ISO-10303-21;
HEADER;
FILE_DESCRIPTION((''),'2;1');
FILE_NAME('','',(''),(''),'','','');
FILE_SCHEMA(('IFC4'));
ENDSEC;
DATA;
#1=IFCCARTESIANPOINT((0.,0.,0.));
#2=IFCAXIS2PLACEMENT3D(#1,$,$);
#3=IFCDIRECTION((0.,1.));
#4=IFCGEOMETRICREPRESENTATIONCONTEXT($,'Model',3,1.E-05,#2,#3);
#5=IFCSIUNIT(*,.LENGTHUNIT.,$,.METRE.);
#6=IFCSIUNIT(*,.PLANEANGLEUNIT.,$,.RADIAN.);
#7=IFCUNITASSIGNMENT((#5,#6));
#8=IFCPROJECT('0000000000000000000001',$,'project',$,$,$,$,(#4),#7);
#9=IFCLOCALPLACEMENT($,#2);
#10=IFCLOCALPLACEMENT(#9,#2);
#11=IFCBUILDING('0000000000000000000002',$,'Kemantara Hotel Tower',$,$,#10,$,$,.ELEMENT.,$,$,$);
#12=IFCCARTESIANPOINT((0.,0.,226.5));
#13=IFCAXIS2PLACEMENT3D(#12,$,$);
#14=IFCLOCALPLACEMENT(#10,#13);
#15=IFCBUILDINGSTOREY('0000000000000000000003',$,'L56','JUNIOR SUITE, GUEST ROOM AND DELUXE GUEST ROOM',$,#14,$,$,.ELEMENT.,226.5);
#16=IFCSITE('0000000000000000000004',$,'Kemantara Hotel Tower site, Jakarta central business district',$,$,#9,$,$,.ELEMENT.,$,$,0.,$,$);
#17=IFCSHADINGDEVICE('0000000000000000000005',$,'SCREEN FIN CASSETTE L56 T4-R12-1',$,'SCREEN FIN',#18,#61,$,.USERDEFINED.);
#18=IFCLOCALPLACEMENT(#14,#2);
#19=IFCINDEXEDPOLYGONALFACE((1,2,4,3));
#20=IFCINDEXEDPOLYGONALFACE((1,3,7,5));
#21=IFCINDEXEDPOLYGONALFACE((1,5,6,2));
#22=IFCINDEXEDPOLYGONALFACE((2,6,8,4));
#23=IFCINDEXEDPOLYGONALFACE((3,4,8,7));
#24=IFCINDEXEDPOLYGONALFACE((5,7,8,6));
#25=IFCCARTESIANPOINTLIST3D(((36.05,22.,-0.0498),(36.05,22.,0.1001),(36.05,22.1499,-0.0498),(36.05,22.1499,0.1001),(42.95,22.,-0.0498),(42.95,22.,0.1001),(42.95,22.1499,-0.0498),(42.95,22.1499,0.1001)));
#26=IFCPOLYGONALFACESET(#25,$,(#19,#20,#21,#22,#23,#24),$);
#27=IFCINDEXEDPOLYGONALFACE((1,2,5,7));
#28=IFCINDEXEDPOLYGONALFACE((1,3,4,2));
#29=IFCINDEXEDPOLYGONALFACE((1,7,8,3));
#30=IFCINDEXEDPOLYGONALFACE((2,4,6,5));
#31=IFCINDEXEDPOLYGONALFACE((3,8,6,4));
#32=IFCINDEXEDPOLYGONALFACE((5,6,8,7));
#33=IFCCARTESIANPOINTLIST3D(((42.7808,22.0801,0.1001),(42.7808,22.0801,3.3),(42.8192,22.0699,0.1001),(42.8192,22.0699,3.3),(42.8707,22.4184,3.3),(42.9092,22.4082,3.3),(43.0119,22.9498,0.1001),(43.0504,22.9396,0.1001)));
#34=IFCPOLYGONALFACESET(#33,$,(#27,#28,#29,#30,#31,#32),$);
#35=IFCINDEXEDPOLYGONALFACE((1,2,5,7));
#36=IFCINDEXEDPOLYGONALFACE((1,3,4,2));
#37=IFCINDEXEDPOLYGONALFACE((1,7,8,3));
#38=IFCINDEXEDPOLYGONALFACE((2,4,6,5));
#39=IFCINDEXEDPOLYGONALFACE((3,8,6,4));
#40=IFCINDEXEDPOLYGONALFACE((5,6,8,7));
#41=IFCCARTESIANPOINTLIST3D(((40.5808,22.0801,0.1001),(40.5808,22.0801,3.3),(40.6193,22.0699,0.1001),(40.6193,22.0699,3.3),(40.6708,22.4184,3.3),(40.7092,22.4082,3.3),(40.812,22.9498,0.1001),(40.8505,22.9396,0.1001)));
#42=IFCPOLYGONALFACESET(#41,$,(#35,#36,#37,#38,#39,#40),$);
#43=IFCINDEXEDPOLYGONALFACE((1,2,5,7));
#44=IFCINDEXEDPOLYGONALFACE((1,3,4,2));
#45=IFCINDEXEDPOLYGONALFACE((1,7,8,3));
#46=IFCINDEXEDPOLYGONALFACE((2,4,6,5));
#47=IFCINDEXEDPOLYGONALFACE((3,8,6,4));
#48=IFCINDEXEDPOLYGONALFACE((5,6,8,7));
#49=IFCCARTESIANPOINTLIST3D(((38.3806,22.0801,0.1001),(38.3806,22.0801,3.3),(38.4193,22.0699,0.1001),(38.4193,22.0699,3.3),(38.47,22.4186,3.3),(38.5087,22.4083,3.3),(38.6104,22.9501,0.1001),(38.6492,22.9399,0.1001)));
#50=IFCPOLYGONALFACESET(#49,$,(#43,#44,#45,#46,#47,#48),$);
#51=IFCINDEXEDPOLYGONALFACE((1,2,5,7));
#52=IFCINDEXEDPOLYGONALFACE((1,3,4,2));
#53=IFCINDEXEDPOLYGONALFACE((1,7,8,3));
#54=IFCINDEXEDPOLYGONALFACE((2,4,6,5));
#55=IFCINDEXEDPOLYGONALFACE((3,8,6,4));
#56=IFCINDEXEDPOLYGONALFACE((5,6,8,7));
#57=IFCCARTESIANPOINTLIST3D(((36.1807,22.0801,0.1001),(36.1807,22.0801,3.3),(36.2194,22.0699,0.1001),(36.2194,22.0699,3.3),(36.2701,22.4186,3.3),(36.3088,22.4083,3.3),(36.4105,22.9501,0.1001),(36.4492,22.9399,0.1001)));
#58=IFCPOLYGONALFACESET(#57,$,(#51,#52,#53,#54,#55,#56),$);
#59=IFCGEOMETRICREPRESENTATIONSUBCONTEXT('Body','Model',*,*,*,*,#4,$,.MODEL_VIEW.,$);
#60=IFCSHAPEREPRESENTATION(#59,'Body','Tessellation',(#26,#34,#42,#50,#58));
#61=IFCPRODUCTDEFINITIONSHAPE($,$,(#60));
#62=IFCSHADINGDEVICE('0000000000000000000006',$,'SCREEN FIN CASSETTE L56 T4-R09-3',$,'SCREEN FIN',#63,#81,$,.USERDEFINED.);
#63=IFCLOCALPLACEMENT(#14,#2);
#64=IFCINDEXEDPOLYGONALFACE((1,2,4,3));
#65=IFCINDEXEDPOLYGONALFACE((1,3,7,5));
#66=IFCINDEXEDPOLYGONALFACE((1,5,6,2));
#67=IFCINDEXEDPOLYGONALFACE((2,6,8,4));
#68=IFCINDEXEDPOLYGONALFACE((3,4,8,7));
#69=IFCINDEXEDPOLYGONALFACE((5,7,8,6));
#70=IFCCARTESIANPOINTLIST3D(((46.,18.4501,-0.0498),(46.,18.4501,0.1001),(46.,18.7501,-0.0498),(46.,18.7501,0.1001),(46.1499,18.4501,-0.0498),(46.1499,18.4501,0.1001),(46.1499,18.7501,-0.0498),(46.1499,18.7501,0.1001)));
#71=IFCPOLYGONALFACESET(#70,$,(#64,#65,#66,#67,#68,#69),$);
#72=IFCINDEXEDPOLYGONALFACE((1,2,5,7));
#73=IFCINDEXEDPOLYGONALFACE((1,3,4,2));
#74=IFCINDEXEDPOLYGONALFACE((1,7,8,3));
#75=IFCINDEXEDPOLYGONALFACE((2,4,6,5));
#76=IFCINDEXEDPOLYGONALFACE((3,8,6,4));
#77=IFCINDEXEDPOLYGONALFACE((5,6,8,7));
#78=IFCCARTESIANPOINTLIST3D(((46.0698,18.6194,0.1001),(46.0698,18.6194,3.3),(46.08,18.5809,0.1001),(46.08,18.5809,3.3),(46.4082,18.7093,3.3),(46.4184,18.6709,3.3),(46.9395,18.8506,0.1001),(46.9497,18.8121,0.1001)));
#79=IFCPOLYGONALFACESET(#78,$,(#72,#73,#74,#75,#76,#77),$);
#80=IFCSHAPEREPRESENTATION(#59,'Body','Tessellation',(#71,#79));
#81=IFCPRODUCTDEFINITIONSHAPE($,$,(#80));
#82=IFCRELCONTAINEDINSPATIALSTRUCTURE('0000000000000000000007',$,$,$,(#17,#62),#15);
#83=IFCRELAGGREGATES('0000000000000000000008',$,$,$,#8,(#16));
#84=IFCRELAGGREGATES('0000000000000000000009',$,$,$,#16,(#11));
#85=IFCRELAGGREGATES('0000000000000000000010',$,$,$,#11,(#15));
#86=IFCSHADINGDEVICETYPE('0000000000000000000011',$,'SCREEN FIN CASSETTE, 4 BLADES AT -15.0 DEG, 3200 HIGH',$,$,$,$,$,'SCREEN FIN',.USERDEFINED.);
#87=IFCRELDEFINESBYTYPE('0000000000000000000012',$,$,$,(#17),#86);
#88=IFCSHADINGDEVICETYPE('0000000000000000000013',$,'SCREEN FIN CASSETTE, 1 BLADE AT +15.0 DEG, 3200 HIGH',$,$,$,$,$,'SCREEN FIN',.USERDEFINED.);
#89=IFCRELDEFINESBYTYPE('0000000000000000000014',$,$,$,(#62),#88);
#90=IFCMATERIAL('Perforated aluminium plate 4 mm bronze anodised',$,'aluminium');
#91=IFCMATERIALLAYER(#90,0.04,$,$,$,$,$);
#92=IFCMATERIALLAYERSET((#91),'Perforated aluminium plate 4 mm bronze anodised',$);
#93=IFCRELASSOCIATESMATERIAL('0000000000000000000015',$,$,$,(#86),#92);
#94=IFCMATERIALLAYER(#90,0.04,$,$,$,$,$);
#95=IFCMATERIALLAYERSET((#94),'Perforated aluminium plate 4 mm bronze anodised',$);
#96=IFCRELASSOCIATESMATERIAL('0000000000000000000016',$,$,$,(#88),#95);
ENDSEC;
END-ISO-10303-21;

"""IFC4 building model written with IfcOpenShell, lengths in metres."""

from ifc_helpers import new_model, si_unit, direction, frame, origin, origin_2d, place, context, subcontext, project, spatial, polyline, rectangle, outline, extrude, source, transform, mapped, material, layer, layer_set, type_object, element, save


model = new_model("IFC4")

# Units and contexts
model_context = context("Model", 3, precision=1e-05, world=origin(), true_north=direction((0.0, 1.0)))
body_context = subcontext(model_context, "Body", "Model", "MODEL_VIEW")
ifc_project = project(units=[si_unit("LENGTHUNIT", "METRE"), si_unit("PLANEANGLEUNIT", "RADIAN")], contexts=[model_context])

# Site, building, storey
site_placement = place(None, origin())
site = spatial("IfcSite", under=ifc_project, at=site_placement, Name="Kemantara Hotel Tower site, Jakarta central business district", CompositionType="ELEMENT", RefElevation=0.0)
building_placement = place(site_placement, origin())
building = spatial("IfcBuilding", under=site, at=building_placement, Name="Kemantara Hotel Tower", CompositionType="ELEMENT")
storey_placement = place(building_placement, frame((0.0, 0.0, 226.5)))
storey = spatial("IfcBuildingStorey", under=building, at=storey_placement, Name="L56", Description="JUNIOR SUITE, GUEST ROOM AND DELUXE GUEST ROOM", CompositionType="ELEMENT", Elevation=226.5)

# Shading devices
ifc_material_1 = material(Name="Perforated aluminium plate 4 mm bronze anodised", Category="aluminium")
ifc_layer_1 = layer(ifc_material_1, 0.04)
ifc_layer_set_1 = layer_set([ifc_layer_1], Name="Perforated aluminium plate 4 mm bronze anodised")
shading_device_type_1 = type_object("IfcShadingDeviceType", Name="SCREEN FIN CASSETTE, 4 BLADES AT -15.0 DEG, 3200 HIGH", ElementType="SCREEN FIN", PredefinedType="USERDEFINED", material=ifc_layer_set_1)
shared_shape_1 = source(origin(), body_context, "Body", "SweptSolid", [
    extrude(rectangle(XDim=6.8999, YDim=0.1499, at=origin_2d()), frame((3.3, -0.075, -0.1499), z_axis=(0.0, 0.0, 1.0), x_axis=(1.0, 0.0, 0.0)), (0.0, 0.0, 1.0), 0.1499),
    extrude(outline(polyline([(0.0, 0.0), (0.8999, 0.0), (0.3501, 3.2), (0.0, 3.2), (0.0, 0.0)])), frame((0.0193, -0.0801, 0.0), z_axis=(-0.966438, 0.256901, 0.0), x_axis=(-0.256901, -0.966438, 0.0)), (0.0, 0.0, 1.0), 0.0398),
    extrude(outline(polyline([(0.0, 0.0), (0.8999, 0.0), (0.3501, 3.2), (0.0, 3.2), (0.0, 0.0)])), frame((2.2192, -0.0801, 0.0), z_axis=(-0.966438, 0.256901, 0.0), x_axis=(-0.256901, -0.966438, 0.0)), (0.0, 0.0, 1.0), 0.0398),
    extrude(outline(polyline([(0.0, 0.0), (0.8999, 0.0), (0.3501, 3.2), (0.0, 3.2), (0.0, 0.0)])), frame((4.4194, -0.0801, 0.0), z_axis=(-0.966838, 0.255391, 0.0), x_axis=(-0.255391, -0.966838, 0.0)), (0.0, 0.0, 1.0), 0.04),
    extrude(outline(polyline([(0.0, 0.0), (0.8999, 0.0), (0.3501, 3.2), (0.0, 3.2), (0.0, 0.0)])), frame((6.6194, -0.0801, 0.0), z_axis=(-0.966838, 0.255391, 0.0), x_axis=(-0.255391, -0.966838, 0.0)), (0.0, 0.0, 1.0), 0.04),
])
shading_device_1_placement = place(storey_placement, frame((42.8, 22.0, 0.1001), z_axis=(0.0, 0.0, 1.0), x_axis=(-1.0, 0.0, 0.0)))
element("IfcShadingDevice", 1, at=shading_device_1_placement, inside=storey, type_object=shading_device_type_1, Name="SCREEN FIN CASSETTE L56 T4-R12-1", ObjectType="SCREEN FIN", PredefinedType="USERDEFINED", context=body_context, shape_type="MappedRepresentation", body=[
    mapped(shared_shape_1, transform((0.0, 0.0, 0.0))),
])
ifc_layer_2 = layer(ifc_material_1, 0.04)
ifc_layer_set_2 = layer_set([ifc_layer_2], Name="Perforated aluminium plate 4 mm bronze anodised")
shading_device_type_2 = type_object("IfcShadingDeviceType", Name="SCREEN FIN CASSETTE, 1 BLADE AT +15.0 DEG, 3200 HIGH", ElementType="SCREEN FIN", PredefinedType="USERDEFINED", material=ifc_layer_set_2)
shared_shape_2 = source(origin(), body_context, "Body", "SweptSolid", [
    extrude(rectangle(XDim=0.3, YDim=0.1499, at=origin_2d()), frame((0.0, -0.075, -0.1499), z_axis=(0.0, 0.0, 1.0), x_axis=(1.0, 0.0, 0.0)), (0.0, 0.0, 1.0), 0.1499),
    extrude(outline(polyline([(0.0, 0.0), (0.8999, 0.0), (0.3501, 3.2), (0.0, 3.2), (0.0, 0.0)])), frame((0.0193, -0.0698, 0.0), z_axis=(-0.966438, -0.256901, 0.0), x_axis=(0.256901, -0.966438, 0.0)), (0.0, 0.0, 1.0), 0.0398),
])
shading_device_2_placement = place(storey_placement, frame((46.0, 18.6001, 0.1001), z_axis=(0.0, 0.0, 1.0), x_axis=(0.0, 1.0, 0.0)))
element("IfcShadingDevice", 2, at=shading_device_2_placement, inside=storey, type_object=shading_device_type_2, Name="SCREEN FIN CASSETTE L56 T4-R09-3", ObjectType="SCREEN FIN", PredefinedType="USERDEFINED", context=body_context, shape_type="MappedRepresentation", body=[
    mapped(shared_shape_2, transform((0.0, 0.0, 0.0))),
])

save(model, "model.ifc")
